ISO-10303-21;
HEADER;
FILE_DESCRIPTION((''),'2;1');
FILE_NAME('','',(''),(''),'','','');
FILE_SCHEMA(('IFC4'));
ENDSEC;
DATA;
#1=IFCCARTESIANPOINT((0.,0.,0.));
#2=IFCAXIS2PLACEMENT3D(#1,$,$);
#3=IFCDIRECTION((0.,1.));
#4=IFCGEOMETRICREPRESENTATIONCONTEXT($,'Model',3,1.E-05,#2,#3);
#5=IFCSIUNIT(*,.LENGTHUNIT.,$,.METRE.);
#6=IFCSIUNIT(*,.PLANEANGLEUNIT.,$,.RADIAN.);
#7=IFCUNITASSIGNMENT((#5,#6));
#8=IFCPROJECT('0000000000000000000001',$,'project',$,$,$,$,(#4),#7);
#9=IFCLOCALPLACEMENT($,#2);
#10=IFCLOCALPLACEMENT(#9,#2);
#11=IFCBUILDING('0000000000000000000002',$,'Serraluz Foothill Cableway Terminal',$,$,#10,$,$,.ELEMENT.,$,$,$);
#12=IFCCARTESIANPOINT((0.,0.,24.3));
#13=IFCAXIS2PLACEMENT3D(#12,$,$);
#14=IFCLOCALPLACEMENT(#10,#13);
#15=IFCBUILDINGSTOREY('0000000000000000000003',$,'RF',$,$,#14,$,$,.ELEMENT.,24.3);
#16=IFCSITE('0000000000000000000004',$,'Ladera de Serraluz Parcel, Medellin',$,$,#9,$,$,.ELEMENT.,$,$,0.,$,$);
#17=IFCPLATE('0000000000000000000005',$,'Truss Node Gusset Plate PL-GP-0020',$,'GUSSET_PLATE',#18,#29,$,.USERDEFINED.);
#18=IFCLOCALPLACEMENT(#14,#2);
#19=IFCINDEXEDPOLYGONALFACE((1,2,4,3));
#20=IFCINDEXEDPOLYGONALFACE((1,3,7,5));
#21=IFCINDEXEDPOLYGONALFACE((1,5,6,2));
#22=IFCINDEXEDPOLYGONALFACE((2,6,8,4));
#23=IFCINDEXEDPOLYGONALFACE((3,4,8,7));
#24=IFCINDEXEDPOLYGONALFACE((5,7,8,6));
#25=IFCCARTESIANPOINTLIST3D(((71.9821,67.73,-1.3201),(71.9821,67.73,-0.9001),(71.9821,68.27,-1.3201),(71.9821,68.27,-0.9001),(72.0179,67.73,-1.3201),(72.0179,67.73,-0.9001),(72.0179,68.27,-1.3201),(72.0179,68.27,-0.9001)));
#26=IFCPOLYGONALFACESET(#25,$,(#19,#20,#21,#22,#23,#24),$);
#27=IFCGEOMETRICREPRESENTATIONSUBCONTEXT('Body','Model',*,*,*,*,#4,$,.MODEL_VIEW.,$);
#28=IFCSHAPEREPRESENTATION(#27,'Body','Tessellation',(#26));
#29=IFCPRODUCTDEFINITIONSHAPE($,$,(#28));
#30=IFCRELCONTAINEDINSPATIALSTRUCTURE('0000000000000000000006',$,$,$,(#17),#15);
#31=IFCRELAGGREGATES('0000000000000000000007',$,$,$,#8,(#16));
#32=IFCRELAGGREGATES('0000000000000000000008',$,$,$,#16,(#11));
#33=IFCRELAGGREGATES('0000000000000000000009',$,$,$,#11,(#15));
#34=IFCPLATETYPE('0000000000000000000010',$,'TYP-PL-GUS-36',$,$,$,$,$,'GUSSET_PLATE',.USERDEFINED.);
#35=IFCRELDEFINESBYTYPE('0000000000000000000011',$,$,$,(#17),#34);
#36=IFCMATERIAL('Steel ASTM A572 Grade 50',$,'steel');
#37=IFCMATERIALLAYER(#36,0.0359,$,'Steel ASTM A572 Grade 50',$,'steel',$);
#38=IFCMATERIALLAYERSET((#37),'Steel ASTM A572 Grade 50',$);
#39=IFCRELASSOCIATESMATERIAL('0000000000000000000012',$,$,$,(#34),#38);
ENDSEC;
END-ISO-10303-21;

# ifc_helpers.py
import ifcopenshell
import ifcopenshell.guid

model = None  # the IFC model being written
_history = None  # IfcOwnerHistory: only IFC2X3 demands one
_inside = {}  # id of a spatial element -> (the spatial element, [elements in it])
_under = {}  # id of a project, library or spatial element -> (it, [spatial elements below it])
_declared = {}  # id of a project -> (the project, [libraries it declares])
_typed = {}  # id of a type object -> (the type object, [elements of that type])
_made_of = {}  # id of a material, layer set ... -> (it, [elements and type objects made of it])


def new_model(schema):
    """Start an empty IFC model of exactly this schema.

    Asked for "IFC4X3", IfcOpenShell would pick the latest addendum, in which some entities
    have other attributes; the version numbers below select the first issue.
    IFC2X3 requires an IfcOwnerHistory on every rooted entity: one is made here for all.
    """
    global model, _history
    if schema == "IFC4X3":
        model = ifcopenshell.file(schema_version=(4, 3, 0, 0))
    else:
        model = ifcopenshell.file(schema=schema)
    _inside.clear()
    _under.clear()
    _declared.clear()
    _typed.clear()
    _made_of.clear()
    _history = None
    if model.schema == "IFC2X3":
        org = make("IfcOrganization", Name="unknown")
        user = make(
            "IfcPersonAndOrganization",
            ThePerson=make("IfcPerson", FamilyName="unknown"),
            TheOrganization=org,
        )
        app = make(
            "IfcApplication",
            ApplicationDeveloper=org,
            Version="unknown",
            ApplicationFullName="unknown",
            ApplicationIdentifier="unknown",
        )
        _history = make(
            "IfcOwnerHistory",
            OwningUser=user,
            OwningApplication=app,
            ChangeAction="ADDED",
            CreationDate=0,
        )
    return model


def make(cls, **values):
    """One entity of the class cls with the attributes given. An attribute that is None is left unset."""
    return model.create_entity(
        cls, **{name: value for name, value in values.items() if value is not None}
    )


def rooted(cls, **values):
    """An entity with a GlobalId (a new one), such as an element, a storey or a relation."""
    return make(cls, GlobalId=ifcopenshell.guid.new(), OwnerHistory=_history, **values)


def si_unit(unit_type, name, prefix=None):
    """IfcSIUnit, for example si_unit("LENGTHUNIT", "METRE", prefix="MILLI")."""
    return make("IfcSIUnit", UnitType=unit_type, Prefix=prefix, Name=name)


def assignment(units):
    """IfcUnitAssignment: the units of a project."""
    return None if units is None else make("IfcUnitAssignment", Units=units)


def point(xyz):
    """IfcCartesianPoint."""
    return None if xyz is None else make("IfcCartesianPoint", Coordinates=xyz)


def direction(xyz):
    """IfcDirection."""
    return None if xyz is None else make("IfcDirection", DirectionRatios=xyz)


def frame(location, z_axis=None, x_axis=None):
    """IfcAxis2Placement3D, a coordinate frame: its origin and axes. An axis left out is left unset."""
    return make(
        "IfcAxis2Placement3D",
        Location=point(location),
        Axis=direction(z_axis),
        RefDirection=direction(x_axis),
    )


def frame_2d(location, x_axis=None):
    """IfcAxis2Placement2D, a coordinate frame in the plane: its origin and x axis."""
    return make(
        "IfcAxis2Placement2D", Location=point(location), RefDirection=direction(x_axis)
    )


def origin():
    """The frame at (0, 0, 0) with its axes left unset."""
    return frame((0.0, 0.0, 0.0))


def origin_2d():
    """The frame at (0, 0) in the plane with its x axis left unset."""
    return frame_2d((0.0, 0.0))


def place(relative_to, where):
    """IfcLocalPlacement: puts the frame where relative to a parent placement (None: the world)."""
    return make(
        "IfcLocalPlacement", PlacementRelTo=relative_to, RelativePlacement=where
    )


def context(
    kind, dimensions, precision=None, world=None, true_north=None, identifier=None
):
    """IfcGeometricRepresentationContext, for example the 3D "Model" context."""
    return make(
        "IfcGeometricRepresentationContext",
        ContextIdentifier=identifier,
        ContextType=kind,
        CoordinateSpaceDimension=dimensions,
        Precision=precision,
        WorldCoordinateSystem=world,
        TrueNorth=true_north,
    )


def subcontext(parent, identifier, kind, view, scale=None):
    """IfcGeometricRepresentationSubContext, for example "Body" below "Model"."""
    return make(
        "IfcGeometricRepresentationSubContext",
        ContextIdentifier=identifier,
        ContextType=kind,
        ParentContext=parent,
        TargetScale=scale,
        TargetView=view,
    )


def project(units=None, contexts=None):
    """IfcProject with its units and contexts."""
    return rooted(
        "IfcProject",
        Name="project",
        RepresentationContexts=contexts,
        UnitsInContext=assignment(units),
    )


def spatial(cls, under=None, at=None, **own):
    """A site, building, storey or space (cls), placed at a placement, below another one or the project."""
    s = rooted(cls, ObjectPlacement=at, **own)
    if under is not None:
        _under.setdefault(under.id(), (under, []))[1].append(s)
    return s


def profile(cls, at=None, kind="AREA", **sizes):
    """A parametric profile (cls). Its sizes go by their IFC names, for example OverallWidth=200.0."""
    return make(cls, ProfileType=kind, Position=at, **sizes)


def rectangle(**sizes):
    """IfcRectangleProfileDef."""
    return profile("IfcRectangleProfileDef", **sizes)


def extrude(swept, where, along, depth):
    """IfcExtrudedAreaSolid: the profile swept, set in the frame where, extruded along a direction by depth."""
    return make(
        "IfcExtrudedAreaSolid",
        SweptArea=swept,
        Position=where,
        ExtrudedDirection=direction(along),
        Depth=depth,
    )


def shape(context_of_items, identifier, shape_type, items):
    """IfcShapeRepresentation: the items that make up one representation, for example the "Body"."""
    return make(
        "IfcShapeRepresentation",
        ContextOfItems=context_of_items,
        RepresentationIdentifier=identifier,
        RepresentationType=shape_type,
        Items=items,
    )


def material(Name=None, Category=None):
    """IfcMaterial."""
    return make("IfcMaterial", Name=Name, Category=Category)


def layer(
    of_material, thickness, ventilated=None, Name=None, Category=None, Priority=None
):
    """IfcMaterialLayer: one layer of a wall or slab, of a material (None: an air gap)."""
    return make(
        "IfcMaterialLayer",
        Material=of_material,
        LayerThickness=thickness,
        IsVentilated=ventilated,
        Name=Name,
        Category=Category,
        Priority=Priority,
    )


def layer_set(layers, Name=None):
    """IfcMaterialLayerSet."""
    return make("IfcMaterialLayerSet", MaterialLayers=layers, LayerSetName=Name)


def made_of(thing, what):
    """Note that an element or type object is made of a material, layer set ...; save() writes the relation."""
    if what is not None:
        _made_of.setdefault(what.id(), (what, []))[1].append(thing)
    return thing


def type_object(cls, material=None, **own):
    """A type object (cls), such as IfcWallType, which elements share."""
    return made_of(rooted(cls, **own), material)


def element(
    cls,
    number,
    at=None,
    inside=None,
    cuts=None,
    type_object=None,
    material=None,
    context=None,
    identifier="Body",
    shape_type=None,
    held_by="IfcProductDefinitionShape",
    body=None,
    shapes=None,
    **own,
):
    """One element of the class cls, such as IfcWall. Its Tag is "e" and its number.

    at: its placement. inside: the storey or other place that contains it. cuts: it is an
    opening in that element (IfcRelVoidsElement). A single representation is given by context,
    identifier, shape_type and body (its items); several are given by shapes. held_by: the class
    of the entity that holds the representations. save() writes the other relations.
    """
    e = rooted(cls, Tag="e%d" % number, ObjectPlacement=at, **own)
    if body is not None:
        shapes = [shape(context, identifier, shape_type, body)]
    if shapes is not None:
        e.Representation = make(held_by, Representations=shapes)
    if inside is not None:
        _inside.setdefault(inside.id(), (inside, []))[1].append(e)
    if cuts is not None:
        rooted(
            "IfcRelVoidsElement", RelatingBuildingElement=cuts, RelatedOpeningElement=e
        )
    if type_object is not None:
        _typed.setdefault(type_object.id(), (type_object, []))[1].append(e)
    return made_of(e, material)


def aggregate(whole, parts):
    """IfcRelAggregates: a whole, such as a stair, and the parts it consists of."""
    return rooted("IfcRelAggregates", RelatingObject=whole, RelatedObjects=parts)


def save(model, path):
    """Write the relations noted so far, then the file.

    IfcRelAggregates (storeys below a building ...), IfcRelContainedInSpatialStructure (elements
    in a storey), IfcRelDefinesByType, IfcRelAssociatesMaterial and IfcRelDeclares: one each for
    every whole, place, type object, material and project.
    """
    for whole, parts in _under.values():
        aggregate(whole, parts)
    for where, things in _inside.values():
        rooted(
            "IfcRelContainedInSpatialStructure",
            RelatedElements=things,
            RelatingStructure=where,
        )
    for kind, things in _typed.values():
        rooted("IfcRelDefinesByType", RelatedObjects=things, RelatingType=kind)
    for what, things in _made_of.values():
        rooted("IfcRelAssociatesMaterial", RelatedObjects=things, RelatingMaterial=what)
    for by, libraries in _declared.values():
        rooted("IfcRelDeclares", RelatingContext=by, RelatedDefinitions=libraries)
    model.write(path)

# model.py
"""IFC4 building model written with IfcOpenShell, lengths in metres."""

from ifc_helpers import new_model, si_unit, direction, frame, origin, origin_2d, place, context, subcontext, project, spatial, rectangle, extrude, material, layer, layer_set, type_object, element, save


model = new_model("IFC4")

# Units and contexts
model_context = context("Model", 3, precision=1e-05, world=origin(), true_north=direction((0.0, 1.0)))
body_context = subcontext(model_context, "Body", "Model", "MODEL_VIEW")
ifc_project = project(units=[si_unit("LENGTHUNIT", "METRE"), si_unit("PLANEANGLEUNIT", "RADIAN")], contexts=[model_context])

# Site, building, storey
site_placement = place(None, origin())
site = spatial("IfcSite", under=ifc_project, at=site_placement, Name="Ladera de Serraluz Parcel, Medellin", CompositionType="ELEMENT", RefElevation=0.0)
building_placement = place(site_placement, origin())
building = spatial("IfcBuilding", under=site, at=building_placement, Name="Serraluz Foothill Cableway Terminal", CompositionType="ELEMENT")
storey_placement = place(building_placement, frame((0.0, 0.0, 24.3)))
storey = spatial("IfcBuildingStorey", under=building, at=storey_placement, Name="RF", CompositionType="ELEMENT", Elevation=24.3)

# Shared definitions
ifc_material_1 = material(Name="Steel ASTM A572 Grade 50", Category="steel")

# Plate
ifc_layer_1 = layer(ifc_material_1, 0.0359, Name="Steel ASTM A572 Grade 50", Category="steel")
ifc_layer_set_1 = layer_set([ifc_layer_1], Name="Steel ASTM A572 Grade 50")
plate_type_1 = type_object("IfcPlateType", Name="TYP-PL-GUS-36", ElementType="GUSSET_PLATE", PredefinedType="USERDEFINED", material=ifc_layer_set_1)
plate_1_placement = place(storey_placement, frame((72.0, 68.0, -1.3201), z_axis=(0.0, 0.0, 1.0), x_axis=(1.0, 0.0, 0.0)))
element("IfcPlate", 1, at=plate_1_placement, inside=storey, type_object=plate_type_1, Name="Truss Node Gusset Plate PL-GP-0020", ObjectType="GUSSET_PLATE", PredefinedType="USERDEFINED", context=body_context, shape_type="SweptSolid", body=[
    extrude(rectangle(XDim=0.0359, YDim=0.54, at=origin_2d()), origin(), (0.0, 0.0, 1.0), 0.4199),
])

save(model, "model.ifc")
